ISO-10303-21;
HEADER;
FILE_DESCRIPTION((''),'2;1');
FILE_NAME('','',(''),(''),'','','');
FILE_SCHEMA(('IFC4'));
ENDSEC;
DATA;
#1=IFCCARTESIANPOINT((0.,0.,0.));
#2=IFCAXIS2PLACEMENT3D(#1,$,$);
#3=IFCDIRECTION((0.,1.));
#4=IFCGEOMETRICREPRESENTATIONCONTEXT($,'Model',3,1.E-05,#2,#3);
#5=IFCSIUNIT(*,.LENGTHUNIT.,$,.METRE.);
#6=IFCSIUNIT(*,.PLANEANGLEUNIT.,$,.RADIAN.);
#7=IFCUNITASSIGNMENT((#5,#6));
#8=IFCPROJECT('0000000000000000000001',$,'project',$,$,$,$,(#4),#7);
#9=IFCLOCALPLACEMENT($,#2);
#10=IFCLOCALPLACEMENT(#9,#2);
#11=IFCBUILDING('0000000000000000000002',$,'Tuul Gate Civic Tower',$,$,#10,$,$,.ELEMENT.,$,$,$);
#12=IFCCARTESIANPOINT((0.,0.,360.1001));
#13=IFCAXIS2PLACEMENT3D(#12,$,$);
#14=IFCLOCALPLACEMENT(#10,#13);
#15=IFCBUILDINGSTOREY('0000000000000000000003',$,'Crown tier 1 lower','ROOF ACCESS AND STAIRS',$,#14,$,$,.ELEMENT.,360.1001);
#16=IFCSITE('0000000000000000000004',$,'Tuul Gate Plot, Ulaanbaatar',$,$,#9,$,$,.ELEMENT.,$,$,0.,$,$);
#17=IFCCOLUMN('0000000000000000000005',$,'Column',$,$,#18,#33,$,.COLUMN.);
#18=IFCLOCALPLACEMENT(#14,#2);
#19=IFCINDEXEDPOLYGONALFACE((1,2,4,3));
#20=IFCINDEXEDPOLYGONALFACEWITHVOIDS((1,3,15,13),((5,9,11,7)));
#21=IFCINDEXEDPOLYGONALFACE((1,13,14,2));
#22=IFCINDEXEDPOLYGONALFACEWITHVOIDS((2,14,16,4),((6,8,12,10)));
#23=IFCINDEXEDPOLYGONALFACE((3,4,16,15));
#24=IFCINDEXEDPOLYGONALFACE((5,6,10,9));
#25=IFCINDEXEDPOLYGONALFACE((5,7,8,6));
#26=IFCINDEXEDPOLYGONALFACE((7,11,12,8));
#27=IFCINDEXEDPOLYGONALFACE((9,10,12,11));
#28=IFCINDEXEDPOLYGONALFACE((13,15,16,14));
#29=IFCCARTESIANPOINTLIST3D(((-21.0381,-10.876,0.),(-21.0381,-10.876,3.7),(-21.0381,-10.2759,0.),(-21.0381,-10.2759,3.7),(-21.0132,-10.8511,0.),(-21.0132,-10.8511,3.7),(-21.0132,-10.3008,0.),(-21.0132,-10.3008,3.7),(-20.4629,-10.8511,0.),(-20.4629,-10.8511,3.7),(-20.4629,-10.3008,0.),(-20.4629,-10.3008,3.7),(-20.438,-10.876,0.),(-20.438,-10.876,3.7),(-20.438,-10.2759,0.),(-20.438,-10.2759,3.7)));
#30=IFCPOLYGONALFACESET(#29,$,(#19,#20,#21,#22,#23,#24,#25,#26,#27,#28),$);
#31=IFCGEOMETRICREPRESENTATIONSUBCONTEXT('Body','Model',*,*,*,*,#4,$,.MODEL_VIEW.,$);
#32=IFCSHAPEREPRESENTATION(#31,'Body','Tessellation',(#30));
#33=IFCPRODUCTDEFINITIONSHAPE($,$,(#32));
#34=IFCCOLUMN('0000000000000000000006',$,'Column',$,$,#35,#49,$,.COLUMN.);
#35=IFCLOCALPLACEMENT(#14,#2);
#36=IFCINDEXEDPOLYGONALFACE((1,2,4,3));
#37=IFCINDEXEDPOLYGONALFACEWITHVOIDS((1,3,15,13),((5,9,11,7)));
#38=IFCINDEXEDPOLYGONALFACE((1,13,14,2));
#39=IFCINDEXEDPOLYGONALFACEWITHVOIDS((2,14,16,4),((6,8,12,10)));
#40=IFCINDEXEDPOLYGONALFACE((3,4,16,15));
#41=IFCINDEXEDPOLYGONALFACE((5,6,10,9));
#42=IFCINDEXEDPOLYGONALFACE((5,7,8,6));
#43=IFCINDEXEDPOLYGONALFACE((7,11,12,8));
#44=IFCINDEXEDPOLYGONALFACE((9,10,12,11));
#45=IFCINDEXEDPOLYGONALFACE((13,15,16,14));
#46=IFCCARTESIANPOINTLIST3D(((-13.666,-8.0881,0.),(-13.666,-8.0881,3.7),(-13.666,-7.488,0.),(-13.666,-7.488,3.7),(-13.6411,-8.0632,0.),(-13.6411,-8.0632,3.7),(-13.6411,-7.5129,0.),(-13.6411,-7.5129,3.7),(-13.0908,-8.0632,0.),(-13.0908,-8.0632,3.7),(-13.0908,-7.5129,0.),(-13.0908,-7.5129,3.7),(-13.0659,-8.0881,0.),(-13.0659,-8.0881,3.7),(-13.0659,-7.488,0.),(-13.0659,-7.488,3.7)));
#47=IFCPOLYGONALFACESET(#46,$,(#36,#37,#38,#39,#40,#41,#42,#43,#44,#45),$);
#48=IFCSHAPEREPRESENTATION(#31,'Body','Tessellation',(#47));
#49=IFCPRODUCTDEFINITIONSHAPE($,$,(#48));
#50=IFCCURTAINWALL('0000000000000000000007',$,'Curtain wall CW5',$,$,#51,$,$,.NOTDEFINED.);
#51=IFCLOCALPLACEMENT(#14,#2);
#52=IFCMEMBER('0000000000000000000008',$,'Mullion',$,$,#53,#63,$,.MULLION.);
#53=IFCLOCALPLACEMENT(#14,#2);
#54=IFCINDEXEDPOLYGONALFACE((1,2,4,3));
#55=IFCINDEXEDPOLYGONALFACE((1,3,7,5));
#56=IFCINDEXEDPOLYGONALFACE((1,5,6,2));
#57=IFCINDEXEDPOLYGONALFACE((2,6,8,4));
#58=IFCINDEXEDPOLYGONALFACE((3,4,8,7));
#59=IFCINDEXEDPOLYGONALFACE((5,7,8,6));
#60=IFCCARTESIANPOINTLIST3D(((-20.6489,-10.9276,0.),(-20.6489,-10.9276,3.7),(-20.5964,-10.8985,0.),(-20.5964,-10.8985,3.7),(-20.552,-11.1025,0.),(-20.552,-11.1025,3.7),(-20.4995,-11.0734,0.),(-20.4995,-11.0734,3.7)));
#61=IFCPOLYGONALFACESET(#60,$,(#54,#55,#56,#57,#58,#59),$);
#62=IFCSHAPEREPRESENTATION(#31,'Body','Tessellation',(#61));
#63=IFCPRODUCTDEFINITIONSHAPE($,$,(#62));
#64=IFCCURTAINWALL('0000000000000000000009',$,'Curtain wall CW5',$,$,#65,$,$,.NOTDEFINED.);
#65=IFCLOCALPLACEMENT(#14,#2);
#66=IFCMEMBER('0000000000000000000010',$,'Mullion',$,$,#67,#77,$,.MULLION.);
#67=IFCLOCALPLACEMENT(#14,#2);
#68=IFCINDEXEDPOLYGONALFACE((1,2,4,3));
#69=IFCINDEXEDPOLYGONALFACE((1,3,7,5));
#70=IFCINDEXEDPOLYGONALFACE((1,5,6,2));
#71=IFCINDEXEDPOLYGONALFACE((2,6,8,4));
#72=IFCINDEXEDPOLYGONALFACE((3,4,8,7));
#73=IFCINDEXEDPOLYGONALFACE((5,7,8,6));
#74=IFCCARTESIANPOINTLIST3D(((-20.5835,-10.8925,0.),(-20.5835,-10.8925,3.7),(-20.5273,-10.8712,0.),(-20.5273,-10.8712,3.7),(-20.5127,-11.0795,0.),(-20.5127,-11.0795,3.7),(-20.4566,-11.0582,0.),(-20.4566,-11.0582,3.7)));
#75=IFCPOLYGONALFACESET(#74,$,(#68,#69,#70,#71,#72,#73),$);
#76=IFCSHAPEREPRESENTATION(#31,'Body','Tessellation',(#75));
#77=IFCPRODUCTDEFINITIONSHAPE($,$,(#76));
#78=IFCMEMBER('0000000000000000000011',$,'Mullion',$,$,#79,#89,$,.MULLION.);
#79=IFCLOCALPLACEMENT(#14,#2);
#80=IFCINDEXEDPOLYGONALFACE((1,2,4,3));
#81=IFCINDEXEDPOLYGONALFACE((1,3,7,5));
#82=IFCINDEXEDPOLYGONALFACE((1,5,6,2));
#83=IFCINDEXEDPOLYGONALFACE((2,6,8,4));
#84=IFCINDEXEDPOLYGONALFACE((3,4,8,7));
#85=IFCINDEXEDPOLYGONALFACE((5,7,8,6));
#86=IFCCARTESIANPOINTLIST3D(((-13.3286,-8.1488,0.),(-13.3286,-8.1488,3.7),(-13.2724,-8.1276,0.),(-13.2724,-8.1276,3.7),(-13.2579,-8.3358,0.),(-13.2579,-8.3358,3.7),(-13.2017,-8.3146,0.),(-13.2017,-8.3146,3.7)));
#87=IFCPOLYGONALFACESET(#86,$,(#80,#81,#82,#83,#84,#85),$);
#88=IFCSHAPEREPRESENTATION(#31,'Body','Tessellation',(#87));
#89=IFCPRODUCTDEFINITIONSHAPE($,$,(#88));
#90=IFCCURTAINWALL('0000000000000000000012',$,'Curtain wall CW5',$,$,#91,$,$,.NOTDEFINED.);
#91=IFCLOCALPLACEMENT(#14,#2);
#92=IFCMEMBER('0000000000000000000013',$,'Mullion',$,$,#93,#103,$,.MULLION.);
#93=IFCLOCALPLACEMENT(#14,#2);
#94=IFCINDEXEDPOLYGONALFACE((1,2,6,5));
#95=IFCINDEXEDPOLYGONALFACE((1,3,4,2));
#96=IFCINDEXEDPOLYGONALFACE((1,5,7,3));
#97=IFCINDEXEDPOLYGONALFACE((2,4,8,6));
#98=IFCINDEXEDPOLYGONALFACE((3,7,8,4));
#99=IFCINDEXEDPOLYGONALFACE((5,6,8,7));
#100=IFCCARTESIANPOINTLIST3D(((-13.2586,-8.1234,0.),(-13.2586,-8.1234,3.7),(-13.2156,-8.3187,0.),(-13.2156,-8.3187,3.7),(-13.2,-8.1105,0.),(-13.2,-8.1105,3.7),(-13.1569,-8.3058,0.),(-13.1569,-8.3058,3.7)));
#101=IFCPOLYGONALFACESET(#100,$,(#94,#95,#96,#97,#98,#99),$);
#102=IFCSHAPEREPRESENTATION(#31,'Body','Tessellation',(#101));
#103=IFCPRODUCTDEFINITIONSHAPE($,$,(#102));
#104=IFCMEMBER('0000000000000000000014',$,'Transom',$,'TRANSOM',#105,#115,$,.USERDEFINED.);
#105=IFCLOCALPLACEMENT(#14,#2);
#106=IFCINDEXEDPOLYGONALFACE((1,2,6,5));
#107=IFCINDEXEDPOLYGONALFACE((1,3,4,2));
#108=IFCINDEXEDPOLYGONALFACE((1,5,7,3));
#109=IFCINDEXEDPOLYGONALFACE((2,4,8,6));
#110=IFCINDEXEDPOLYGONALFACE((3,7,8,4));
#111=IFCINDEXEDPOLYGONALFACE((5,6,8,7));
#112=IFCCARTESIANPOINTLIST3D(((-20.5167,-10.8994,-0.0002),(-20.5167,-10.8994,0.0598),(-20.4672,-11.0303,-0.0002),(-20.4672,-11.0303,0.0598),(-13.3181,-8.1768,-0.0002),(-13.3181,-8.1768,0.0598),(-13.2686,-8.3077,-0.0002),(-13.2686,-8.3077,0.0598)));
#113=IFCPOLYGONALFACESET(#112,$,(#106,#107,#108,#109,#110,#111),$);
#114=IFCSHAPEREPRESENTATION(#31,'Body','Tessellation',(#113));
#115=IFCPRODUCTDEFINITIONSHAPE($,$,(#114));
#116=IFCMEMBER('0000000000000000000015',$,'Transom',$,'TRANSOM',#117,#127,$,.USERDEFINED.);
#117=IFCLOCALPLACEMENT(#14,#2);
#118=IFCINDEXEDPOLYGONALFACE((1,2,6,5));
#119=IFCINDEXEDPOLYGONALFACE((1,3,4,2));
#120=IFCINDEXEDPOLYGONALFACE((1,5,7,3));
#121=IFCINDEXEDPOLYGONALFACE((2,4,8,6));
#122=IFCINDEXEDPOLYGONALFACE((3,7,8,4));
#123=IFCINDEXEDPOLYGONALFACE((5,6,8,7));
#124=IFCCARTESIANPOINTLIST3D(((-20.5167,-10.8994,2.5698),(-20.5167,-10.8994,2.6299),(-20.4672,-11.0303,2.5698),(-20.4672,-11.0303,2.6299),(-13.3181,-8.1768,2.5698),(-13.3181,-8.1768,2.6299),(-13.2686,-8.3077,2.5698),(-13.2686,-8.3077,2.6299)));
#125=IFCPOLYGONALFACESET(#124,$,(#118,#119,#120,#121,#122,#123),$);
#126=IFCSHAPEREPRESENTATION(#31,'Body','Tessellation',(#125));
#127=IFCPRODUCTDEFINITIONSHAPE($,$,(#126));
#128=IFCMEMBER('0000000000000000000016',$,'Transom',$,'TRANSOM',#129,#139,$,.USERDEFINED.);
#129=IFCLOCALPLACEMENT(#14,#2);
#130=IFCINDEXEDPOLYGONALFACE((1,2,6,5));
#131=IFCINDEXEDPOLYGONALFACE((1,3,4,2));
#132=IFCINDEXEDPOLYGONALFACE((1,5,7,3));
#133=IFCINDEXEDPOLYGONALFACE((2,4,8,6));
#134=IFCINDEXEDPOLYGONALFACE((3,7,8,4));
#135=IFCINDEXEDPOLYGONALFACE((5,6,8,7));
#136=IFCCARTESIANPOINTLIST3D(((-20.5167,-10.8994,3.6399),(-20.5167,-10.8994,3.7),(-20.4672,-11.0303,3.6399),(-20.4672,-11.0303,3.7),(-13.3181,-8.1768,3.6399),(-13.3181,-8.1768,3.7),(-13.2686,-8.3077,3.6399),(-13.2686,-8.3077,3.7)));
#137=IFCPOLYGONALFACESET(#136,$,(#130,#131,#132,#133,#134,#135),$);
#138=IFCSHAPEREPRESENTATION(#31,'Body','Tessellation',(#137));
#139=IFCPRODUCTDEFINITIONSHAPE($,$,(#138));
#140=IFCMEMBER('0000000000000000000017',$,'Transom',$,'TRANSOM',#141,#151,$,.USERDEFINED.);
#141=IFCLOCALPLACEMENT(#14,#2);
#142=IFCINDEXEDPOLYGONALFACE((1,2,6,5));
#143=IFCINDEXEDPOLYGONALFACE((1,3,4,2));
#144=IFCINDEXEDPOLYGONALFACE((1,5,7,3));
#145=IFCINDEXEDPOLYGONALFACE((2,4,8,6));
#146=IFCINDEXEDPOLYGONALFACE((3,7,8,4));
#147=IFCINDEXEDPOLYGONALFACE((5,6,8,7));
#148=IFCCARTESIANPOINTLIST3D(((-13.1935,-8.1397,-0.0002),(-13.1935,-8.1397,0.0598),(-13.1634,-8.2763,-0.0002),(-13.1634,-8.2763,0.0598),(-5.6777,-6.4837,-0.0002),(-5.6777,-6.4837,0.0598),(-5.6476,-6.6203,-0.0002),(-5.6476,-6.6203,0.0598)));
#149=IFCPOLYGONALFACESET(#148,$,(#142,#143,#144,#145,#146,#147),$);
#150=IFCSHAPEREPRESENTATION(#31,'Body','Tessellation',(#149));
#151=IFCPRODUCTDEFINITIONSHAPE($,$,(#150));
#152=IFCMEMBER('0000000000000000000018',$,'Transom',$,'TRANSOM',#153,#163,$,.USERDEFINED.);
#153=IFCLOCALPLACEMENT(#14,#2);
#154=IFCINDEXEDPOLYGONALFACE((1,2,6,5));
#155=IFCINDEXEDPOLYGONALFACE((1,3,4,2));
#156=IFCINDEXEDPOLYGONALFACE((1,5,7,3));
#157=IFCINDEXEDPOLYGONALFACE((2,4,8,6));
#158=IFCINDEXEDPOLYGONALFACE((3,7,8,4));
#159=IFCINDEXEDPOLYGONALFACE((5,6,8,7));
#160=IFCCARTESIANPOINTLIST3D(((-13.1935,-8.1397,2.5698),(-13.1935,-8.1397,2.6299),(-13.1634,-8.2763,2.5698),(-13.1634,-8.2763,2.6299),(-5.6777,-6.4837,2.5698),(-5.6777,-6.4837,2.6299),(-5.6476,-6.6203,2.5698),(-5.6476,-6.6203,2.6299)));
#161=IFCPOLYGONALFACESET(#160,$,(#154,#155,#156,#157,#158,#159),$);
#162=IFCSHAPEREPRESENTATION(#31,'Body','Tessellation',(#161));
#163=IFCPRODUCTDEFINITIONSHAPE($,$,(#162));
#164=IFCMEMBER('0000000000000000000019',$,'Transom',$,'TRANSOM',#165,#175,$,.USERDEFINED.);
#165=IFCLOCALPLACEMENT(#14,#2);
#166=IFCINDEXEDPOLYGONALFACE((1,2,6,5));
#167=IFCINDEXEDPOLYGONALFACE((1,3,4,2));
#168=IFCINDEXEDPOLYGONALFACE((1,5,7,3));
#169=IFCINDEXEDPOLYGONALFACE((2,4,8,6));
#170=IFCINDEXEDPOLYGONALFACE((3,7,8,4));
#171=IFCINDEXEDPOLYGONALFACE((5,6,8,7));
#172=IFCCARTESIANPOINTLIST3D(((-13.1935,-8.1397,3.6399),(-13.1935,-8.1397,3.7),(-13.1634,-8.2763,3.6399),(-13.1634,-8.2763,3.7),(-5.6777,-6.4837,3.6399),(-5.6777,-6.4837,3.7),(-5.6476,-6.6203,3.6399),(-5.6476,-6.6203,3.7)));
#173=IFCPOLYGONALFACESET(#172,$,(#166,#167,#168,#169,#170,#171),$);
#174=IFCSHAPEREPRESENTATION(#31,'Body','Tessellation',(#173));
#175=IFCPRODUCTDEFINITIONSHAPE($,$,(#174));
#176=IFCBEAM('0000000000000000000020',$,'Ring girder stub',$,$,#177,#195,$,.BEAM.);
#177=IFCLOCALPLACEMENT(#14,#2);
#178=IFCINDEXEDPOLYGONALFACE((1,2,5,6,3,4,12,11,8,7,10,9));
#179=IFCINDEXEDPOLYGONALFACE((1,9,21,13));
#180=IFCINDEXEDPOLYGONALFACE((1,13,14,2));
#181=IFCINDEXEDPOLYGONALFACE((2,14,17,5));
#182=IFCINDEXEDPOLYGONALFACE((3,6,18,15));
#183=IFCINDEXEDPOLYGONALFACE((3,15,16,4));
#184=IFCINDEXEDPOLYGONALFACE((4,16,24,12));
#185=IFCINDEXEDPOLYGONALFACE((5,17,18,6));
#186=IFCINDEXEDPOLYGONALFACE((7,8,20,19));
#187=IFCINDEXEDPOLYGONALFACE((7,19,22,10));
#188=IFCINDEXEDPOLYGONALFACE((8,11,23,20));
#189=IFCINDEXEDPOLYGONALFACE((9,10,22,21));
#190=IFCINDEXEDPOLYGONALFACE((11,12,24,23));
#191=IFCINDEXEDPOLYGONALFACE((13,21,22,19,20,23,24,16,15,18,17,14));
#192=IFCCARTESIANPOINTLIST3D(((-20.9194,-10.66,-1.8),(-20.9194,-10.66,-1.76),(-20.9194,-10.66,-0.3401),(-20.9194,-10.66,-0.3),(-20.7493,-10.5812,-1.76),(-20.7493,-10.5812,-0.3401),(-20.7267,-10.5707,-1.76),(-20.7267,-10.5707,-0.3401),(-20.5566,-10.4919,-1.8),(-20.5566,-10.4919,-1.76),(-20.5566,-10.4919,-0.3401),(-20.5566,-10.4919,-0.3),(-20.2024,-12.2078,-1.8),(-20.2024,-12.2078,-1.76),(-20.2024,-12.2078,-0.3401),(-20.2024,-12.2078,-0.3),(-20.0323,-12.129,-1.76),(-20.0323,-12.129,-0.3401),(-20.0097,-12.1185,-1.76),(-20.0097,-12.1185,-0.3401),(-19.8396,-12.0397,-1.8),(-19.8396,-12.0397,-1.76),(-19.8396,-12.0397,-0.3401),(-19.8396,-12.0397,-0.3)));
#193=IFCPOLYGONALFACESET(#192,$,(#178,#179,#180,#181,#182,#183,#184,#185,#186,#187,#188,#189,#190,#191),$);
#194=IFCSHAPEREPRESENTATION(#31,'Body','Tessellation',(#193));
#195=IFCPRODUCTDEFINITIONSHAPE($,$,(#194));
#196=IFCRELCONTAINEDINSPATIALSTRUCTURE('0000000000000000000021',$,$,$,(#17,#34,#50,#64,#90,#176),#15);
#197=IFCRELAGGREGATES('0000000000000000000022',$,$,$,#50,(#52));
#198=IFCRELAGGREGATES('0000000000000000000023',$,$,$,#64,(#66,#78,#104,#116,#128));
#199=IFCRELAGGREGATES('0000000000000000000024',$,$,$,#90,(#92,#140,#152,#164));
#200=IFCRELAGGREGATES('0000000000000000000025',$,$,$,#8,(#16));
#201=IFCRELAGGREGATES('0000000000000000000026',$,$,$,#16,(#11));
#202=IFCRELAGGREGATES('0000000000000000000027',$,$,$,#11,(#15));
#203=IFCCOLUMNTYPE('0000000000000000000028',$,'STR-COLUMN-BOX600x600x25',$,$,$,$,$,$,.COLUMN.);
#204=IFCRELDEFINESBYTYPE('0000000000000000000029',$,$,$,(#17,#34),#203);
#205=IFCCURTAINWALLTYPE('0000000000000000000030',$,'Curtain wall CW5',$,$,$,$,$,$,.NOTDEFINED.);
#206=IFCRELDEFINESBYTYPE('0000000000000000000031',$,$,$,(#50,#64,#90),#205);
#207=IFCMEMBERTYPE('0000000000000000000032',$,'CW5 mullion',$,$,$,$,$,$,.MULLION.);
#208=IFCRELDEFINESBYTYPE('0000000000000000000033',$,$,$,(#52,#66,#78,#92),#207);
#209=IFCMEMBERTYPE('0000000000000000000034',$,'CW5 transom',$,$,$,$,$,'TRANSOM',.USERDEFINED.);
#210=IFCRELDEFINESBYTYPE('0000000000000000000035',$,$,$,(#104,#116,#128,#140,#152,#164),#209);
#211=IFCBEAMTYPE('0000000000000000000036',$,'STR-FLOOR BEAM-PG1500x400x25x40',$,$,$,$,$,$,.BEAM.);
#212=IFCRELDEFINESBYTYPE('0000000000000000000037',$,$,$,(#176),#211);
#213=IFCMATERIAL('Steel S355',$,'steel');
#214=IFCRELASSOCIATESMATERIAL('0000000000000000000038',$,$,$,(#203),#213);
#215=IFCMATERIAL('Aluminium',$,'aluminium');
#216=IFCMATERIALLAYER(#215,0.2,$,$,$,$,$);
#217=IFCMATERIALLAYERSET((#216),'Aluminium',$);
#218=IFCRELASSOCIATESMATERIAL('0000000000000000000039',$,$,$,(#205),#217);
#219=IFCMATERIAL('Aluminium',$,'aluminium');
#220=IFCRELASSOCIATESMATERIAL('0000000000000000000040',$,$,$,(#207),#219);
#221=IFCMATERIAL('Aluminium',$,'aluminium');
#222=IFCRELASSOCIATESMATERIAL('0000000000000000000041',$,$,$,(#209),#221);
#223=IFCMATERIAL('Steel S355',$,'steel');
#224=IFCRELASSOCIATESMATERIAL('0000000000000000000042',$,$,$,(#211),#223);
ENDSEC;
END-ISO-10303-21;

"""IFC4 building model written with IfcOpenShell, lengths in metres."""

from ifc_helpers import new_model, si_unit, direction, frame, origin, origin_2d, place, context, subcontext, project, spatial, rectangle, hollow_rectangle, i_section, extrude, material, layer, layer_set, material_profile, profile_set, type_object, element, aggregate, save


model = new_model("IFC4")

# Units and contexts
model_context = context("Model", 3, precision=1e-05, world=origin(), true_north=direction((0.0, 1.0)))
body_context = subcontext(model_context, "Body", "Model", "MODEL_VIEW")
ifc_project = project(units=[si_unit("LENGTHUNIT", "METRE"), si_unit("PLANEANGLEUNIT", "RADIAN")], contexts=[model_context])

# Site, building, storey
site_placement = place(None, origin())
site = spatial("IfcSite", under=ifc_project, at=site_placement, Name="Tuul Gate Plot, Ulaanbaatar", CompositionType="ELEMENT", RefElevation=0.0)
building_placement = place(site_placement, origin())
building = spatial("IfcBuilding", under=site, at=building_placement, Name="Tuul Gate Civic Tower", CompositionType="ELEMENT")
storey_placement = place(building_placement, frame((0.0, 0.0, 360.1001)))
storey = spatial("IfcBuildingStorey", under=building, at=storey_placement, Name="Crown tier 1 lower", Description="ROOF ACCESS AND STAIRS", CompositionType="ELEMENT", Elevation=360.1001)

# Columns
ifc_material_1 = material(Name="Steel S355", Category="steel")
ifc_material_profile_1 = material_profile(ifc_material_1, hollow_rectangle(XDim=0.6001, YDim=0.6001, WallThickness=0.0249, at=origin_2d()), Name="BOX600x600x25")
ifc_profile_set_1 = profile_set([ifc_material_profile_1], Name="Steel S355")
column_type = type_object("IfcColumnType", Name="STR-COLUMN-BOX600x600x25", PredefinedType="COLUMN", material=ifc_profile_set_1)
for number, where, z_axis, x_axis, name in (
    (1, (-20.738, -10.5759, 0.0), (0.0, 0.0, 1.0), (1.0, 0.0, 0.0), "Column"),
    (2, (-13.366, -7.7881, 0.0), (0.0, 0.0, 1.0), (1.0, 0.0, 0.0), "Column"),
):
    element("IfcColumn", number, at=place(storey_placement, frame(where, z_axis=z_axis, x_axis=x_axis)), inside=storey, type_object=column_type, Name=name, PredefinedType="COLUMN", context=body_context, shape_type="SweptSolid", body=[
        extrude(hollow_rectangle(XDim=0.6001, YDim=0.6001, WallThickness=0.0249, at=origin_2d()), origin(), (0.0, 0.0, 1.0), 3.7),
    ])

# Curtain wall, member
ifc_material_2 = material(Name="Aluminium", Category="aluminium")
ifc_layer_1 = layer(ifc_material_2, 0.2)
ifc_layer_set_1 = layer_set([ifc_layer_1], Name="Aluminium")
curtain_wall_type = type_object("IfcCurtainWallType", Name="Curtain wall CW5", PredefinedType="NOTDEFINED", material=ifc_layer_set_1)
curtain_wall_1_placement = place(storey_placement, origin())
curtain_wall_1 = element("IfcCurtainWall", 3, at=curtain_wall_1_placement, inside=storey, type_object=curtain_wall_type, Name="Curtain wall CW5", PredefinedType="NOTDEFINED")
ifc_material_3 = material(Name="Aluminium", Category="aluminium")
ifc_material_profile_2 = material_profile(ifc_material_3, rectangle(XDim=0.2, YDim=0.0601, at=origin_2d()), Name="CW5 mullion")
ifc_profile_set_2 = profile_set([ifc_material_profile_2], Name="Aluminium")
member_type_1 = type_object("IfcMemberType", Name="CW5 mullion", PredefinedType="MULLION", material=ifc_profile_set_2)
member_1_placement = place(storey_placement, frame((-20.5742, -11.0005, 0.0), z_axis=(0.0, 0.0, 1.0), x_axis=(-0.484784, 0.874634, 0.0)))
member_1 = element("IfcMember", 4, at=member_1_placement, type_object=member_type_1, Name="Mullion", PredefinedType="MULLION", context=body_context, shape_type="SweptSolid", body=[
    extrude(rectangle(XDim=0.2, YDim=0.0601, at=origin_2d()), origin(), (0.0, 0.0, 1.0), 3.7),
])
aggregate(curtain_wall_1, [member_1])

# Curtain wall, members
curtain_wall_2_placement = place(storey_placement, origin())
curtain_wall_2 = element("IfcCurtainWall", 5, at=curtain_wall_2_placement, inside=storey, type_object=curtain_wall_type, Name="Curtain wall CW5", PredefinedType="NOTDEFINED")
member_2_placement = place(storey_placement, frame((-20.52, -10.9753, 0.0), z_axis=(0.0, 0.0, 1.0), x_axis=(-0.353744, 0.935342, 0.0)))
member_2 = element("IfcMember", 6, at=member_2_placement, type_object=member_type_1, Name="Mullion", PredefinedType="MULLION", context=body_context, shape_type="SweptSolid", body=[
    extrude(rectangle(XDim=0.2, YDim=0.0601, at=origin_2d()), origin(), (0.0, 0.0, 1.0), 3.7),
])
member_3_placement = place(storey_placement, frame((-13.2651, -8.2317, 0.0), z_axis=(0.0, 0.0, 1.0), x_axis=(-0.353744, 0.935342, 0.0)))
member_3 = element("IfcMember", 7, at=member_3_placement, type_object=member_type_1, Name="Mullion", PredefinedType="MULLION", context=body_context, shape_type="SweptSolid", body=[
    extrude(rectangle(XDim=0.2, YDim=0.0601, at=origin_2d()), origin(), (0.0, 0.0, 1.0), 3.7),
])

# Curtain wall, member
curtain_wall_3_placement = place(storey_placement, origin())
curtain_wall_3 = element("IfcCurtainWall", 8, at=curtain_wall_3_placement, inside=storey, type_object=curtain_wall_type, Name="Curtain wall CW5", PredefinedType="NOTDEFINED")
member_4_placement = place(storey_placement, frame((-13.2078, -8.2146, 0.0), z_axis=(0.0, 0.0, 1.0), x_axis=(-0.215196, 0.976571, 0.0)))
member_4 = element("IfcMember", 9, at=member_4_placement, type_object=member_type_1, Name="Mullion", PredefinedType="MULLION", context=body_context, shape_type="SweptSolid", body=[
    extrude(rectangle(XDim=0.2, YDim=0.0601, at=origin_2d()), origin(), (0.0, 0.0, 1.0), 3.7),
])

# Members
ifc_material_4 = material(Name="Aluminium", Category="aluminium")
ifc_material_profile_3 = material_profile(ifc_material_4, rectangle(XDim=0.1399, YDim=0.0601, at=origin_2d()), Name="CW5 transom")
ifc_profile_set_3 = profile_set([ifc_material_profile_3], Name="Aluminium")
member_type_2 = type_object("IfcMemberType", Name="CW5 transom", ElementType="TRANSOM", PredefinedType="USERDEFINED", material=ifc_profile_set_3)
member_5_placement = place(storey_placement, frame((-20.4919, -10.9648, 0.0298), z_axis=(0.935337, 0.353757, 0.0), x_axis=(-0.353757, 0.935337, 0.0)))
member_5 = element("IfcMember", 10, at=member_5_placement, type_object=member_type_2, Name="Transom", ObjectType="TRANSOM", PredefinedType="USERDEFINED", context=body_context, shape_type="SweptSolid", body=[
    extrude(rectangle(XDim=0.1399, YDim=0.0601, at=origin_2d()), origin(), (0.0, 0.0, 1.0), 7.6963),
])
member_6_placement = place(storey_placement, frame((-20.4919, -10.9648, 2.5999), z_axis=(0.935337, 0.353757, 0.0), x_axis=(-0.353757, 0.935337, 0.0)))
member_6 = element("IfcMember", 11, at=member_6_placement, type_object=member_type_2, Name="Transom", ObjectType="TRANSOM", PredefinedType="USERDEFINED", context=body_context, shape_type="SweptSolid", body=[
    extrude(rectangle(XDim=0.1399, YDim=0.0601, at=origin_2d()), origin(), (0.0, 0.0, 1.0), 7.6963),
])
member_7_placement = place(storey_placement, frame((-20.4919, -10.9648, 3.6699), z_axis=(0.935337, 0.353757, 0.0), x_axis=(-0.353757, 0.935337, 0.0)))
member_7 = element("IfcMember", 12, at=member_7_placement, type_object=member_type_2, Name="Transom", ObjectType="TRANSOM", PredefinedType="USERDEFINED", context=body_context, shape_type="SweptSolid", body=[
    extrude(rectangle(XDim=0.1399, YDim=0.0601, at=origin_2d()), origin(), (0.0, 0.0, 1.0), 7.6963),
])
member_8_placement = place(storey_placement, frame((-13.1785, -8.208, 0.0298), z_axis=(0.976576, 0.215173, 0.0), x_axis=(-0.215173, 0.976576, 0.0)))
member_8 = element("IfcMember", 13, at=member_8_placement, type_object=member_type_2, Name="Transom", ObjectType="TRANSOM", PredefinedType="USERDEFINED", context=body_context, shape_type="SweptSolid", body=[
    extrude(rectangle(XDim=0.1399, YDim=0.0601, at=origin_2d()), origin(), (0.0, 0.0, 1.0), 7.696),
])
member_9_placement = place(storey_placement, frame((-13.1785, -8.208, 2.5999), z_axis=(0.976576, 0.215173, 0.0), x_axis=(-0.215173, 0.976576, 0.0)))
member_9 = element("IfcMember", 14, at=member_9_placement, type_object=member_type_2, Name="Transom", ObjectType="TRANSOM", PredefinedType="USERDEFINED", context=body_context, shape_type="SweptSolid", body=[
    extrude(rectangle(XDim=0.1399, YDim=0.0601, at=origin_2d()), origin(), (0.0, 0.0, 1.0), 7.696),
])
member_10_placement = place(storey_placement, frame((-13.1785, -8.208, 3.6699), z_axis=(0.976576, 0.215173, 0.0), x_axis=(-0.215173, 0.976576, 0.0)))
member_10 = element("IfcMember", 15, at=member_10_placement, type_object=member_type_2, Name="Transom", ObjectType="TRANSOM", PredefinedType="USERDEFINED", context=body_context, shape_type="SweptSolid", body=[
    extrude(rectangle(XDim=0.1399, YDim=0.0601, at=origin_2d()), origin(), (0.0, 0.0, 1.0), 7.696),
])

# Beam
ifc_material_5 = material(Name="Steel S355", Category="steel")
ifc_material_profile_4 = material_profile(ifc_material_5, i_section(OverallWidth=0.3999, OverallDepth=1.5, WebThickness=0.0249, FlangeThickness=0.04, at=origin_2d()), Name="PG1500x400x25x40")
ifc_profile_set_4 = profile_set([ifc_material_profile_4], Name="Steel S355")
beam_type_1 = type_object("IfcBeamType", Name="STR-FLOOR BEAM-PG1500x400x25x40", PredefinedType="BEAM", material=ifc_profile_set_4)
beam_1_placement = place(storey_placement, frame((-20.021, -12.1238, -1.05), z_axis=(-0.420337, 0.907368, 0.0), x_axis=(-0.907368, -0.420337, 0.0)))
element("IfcBeam", 16, at=beam_1_placement, inside=storey, type_object=beam_type_1, Name="Ring girder stub", PredefinedType="BEAM", context=body_context, shape_type="SweptSolid", body=[
    extrude(i_section(OverallWidth=0.3999, OverallDepth=1.5, WebThickness=0.0249, FlangeThickness=0.04, at=origin_2d()), origin(), (0.0, 0.0, 1.0), 1.7058),
])

aggregate(curtain_wall_2, [member_2, member_3, member_5, member_6, member_7])
aggregate(curtain_wall_3, [member_4, member_8, member_9, member_10])

save(model, "model.ifc")
